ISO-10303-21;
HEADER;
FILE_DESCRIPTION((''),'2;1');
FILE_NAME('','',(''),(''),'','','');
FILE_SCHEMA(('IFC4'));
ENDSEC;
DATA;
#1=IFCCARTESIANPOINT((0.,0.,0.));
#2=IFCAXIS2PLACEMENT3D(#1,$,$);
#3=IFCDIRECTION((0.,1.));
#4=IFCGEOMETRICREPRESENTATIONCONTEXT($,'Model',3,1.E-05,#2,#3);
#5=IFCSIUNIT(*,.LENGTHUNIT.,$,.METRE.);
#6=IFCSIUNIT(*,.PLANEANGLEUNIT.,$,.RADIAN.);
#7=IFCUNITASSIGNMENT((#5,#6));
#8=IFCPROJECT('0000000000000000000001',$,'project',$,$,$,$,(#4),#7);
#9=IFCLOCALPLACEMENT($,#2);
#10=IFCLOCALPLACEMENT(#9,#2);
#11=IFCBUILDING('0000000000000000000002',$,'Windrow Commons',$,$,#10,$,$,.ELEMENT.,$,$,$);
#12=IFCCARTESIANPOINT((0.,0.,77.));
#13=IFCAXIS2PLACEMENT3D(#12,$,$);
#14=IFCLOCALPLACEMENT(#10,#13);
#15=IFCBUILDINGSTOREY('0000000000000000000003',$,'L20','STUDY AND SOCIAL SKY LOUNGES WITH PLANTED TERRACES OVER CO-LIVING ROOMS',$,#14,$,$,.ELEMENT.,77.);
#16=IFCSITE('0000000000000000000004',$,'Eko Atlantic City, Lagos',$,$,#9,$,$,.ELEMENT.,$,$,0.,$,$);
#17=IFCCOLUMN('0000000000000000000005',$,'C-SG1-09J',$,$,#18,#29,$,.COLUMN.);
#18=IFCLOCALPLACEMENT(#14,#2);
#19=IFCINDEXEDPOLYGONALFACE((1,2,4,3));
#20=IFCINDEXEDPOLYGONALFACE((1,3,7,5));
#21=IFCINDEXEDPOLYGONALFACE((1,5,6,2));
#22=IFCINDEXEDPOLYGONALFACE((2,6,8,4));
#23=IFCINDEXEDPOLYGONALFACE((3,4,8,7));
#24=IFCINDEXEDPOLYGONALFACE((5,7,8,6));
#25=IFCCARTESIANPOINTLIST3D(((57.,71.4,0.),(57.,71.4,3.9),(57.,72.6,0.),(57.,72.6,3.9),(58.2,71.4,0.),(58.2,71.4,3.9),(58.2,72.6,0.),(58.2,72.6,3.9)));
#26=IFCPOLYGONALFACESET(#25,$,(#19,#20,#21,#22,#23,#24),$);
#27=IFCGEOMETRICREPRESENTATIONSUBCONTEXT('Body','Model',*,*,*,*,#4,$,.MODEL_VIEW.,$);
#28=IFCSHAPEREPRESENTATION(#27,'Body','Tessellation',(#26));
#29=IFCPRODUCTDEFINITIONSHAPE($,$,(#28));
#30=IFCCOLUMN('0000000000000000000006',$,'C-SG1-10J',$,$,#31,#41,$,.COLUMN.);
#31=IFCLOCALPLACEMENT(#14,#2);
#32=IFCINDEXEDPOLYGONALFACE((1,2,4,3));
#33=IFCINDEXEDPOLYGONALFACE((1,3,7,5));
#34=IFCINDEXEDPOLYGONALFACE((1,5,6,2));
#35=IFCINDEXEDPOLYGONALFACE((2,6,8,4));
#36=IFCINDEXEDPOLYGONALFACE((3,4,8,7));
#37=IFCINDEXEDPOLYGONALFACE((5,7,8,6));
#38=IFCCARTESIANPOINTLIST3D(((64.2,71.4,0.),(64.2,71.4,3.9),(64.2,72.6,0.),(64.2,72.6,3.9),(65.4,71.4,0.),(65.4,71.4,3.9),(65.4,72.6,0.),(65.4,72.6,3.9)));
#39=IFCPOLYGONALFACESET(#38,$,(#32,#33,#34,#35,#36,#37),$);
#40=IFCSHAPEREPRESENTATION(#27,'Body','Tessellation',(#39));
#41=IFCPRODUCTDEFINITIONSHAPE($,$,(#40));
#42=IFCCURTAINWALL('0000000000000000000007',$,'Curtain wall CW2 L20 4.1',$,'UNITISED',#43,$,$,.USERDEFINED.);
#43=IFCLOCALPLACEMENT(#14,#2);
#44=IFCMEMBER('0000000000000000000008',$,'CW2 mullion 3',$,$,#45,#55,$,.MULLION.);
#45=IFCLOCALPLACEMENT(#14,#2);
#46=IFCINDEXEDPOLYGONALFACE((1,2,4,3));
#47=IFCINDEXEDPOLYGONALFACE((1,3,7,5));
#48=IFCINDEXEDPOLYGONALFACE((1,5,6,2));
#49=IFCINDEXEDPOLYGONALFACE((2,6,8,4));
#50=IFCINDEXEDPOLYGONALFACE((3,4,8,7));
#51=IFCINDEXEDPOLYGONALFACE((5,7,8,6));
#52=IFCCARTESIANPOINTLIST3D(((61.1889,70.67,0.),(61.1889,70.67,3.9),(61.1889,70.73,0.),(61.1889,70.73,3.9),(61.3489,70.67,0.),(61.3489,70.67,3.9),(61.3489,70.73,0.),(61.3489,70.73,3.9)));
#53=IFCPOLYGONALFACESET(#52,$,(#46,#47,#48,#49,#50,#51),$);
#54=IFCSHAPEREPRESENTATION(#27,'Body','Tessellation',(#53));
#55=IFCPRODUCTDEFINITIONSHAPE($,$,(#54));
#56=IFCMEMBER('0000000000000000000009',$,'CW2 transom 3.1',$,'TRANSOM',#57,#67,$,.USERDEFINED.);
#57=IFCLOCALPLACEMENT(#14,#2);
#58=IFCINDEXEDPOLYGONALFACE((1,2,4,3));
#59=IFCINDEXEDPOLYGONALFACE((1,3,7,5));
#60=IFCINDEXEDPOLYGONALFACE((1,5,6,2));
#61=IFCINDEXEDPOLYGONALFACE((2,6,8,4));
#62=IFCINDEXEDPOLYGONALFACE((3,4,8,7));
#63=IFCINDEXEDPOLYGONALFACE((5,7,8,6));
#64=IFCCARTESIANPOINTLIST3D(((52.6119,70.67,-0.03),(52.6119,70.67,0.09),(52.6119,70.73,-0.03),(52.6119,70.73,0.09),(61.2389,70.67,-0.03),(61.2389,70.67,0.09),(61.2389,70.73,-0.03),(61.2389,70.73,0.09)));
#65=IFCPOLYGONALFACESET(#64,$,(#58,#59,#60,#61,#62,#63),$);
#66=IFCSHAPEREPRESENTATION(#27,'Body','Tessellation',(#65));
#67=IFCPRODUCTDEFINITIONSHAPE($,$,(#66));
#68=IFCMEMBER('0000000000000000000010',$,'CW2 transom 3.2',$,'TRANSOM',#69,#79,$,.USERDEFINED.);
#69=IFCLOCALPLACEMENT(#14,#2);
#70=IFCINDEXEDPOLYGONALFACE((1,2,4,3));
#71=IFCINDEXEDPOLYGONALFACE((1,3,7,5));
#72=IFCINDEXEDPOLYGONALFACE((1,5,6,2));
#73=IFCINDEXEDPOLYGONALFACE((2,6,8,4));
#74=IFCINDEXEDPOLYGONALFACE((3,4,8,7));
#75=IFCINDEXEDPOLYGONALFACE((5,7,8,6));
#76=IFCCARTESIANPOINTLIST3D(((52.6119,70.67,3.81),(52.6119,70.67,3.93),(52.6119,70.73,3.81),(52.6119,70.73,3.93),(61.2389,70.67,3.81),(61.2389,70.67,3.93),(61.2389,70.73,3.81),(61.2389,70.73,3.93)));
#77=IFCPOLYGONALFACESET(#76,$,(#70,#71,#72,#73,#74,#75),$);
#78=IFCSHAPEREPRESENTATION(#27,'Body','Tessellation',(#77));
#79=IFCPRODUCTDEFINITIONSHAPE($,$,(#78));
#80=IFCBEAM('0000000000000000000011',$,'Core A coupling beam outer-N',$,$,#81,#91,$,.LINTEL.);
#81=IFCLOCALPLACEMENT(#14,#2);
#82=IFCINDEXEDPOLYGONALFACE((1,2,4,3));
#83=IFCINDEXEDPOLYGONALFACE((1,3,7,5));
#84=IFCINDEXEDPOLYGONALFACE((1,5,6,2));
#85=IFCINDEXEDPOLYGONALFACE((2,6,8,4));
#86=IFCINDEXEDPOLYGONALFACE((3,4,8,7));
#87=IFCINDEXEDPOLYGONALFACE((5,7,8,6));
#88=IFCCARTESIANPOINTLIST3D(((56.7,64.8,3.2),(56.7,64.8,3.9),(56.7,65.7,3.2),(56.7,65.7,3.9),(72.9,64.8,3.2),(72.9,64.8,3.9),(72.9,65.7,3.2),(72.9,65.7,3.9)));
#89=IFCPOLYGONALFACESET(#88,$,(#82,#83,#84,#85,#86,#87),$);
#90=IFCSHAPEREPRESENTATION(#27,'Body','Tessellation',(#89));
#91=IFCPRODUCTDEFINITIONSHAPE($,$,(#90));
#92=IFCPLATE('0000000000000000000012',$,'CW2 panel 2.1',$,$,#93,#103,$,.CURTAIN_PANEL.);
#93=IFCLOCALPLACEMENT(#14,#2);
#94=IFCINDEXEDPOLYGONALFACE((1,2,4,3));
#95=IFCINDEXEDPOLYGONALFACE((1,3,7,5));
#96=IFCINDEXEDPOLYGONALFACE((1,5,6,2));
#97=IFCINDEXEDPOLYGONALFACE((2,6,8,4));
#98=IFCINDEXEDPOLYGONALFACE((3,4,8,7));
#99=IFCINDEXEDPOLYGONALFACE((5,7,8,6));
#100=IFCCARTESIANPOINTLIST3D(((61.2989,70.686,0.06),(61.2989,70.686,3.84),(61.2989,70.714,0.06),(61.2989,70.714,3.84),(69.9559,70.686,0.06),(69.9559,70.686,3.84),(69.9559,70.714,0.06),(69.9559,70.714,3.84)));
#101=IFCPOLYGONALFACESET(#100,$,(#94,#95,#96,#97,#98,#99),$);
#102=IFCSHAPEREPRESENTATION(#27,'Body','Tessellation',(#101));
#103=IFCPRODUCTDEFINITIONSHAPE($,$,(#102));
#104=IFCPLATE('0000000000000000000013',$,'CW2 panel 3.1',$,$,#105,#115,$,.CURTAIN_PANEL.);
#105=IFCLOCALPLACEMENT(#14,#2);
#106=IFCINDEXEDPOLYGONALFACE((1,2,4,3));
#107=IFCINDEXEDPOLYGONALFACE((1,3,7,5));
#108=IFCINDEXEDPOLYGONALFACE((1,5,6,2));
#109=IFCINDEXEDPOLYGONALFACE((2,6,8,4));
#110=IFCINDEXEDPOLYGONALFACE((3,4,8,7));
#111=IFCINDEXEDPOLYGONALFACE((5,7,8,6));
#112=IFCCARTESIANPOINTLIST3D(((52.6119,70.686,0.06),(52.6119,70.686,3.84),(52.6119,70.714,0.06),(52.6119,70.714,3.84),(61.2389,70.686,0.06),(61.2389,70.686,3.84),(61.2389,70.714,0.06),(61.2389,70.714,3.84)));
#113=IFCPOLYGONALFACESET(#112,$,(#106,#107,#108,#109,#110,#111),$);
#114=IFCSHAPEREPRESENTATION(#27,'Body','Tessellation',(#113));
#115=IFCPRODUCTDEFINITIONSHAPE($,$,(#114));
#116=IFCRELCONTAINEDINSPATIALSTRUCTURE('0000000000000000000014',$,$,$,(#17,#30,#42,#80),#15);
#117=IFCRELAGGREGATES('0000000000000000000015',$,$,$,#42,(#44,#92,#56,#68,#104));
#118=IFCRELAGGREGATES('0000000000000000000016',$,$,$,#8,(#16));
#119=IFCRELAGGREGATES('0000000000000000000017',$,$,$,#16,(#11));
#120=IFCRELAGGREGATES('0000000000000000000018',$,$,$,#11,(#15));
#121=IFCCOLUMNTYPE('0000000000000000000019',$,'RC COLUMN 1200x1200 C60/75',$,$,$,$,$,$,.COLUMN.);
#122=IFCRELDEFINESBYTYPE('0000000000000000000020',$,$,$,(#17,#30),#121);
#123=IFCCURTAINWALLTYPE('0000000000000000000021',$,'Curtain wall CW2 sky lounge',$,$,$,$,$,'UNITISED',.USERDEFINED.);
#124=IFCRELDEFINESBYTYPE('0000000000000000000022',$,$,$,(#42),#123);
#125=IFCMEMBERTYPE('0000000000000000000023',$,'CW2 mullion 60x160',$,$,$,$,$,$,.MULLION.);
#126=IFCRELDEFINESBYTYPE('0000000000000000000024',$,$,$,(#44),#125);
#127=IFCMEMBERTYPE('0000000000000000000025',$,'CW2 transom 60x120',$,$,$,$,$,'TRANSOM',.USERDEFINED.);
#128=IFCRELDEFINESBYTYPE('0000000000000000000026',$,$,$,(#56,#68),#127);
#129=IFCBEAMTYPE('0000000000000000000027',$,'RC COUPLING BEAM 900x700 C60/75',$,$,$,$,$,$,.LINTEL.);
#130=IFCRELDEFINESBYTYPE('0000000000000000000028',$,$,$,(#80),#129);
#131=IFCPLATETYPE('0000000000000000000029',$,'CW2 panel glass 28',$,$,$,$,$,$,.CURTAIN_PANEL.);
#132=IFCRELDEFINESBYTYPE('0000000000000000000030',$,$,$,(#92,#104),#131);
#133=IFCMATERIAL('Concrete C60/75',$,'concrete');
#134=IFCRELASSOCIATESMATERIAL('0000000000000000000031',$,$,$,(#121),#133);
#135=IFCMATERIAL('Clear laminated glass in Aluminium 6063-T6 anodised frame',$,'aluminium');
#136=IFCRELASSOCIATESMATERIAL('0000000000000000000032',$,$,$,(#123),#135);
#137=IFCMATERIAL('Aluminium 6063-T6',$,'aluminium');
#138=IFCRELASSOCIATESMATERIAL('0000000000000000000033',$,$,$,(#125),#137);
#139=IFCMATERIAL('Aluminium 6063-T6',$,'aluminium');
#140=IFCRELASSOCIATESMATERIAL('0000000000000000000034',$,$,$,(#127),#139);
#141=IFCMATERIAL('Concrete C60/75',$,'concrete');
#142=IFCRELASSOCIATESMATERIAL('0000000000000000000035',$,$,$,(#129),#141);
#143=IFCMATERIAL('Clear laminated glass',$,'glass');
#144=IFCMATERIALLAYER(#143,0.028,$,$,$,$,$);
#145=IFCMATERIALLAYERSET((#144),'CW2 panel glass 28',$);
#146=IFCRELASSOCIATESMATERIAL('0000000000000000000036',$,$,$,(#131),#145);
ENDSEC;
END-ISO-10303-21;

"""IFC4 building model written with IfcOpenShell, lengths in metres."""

from ifc_helpers import new_model, si_unit, direction, frame, origin, origin_2d, place, context, subcontext, project, spatial, rectangle, extrude, material, layer, layer_set, material_profile, profile_set, type_object, element, aggregate, save


model = new_model("IFC4")

# Units and contexts
model_context = context("Model", 3, precision=1e-05, world=origin(), true_north=direction((0.0, 1.0)))
body_context = subcontext(model_context, "Body", "Model", "MODEL_VIEW")
ifc_project = project(units=[si_unit("LENGTHUNIT", "METRE"), si_unit("PLANEANGLEUNIT", "RADIAN")], contexts=[model_context])

# Site, building, storey
site_placement = place(None, origin())
site = spatial("IfcSite", under=ifc_project, at=site_placement, Name="Eko Atlantic City, Lagos", CompositionType="ELEMENT", RefElevation=0.0)
building_placement = place(site_placement, origin())
building = spatial("IfcBuilding", under=site, at=building_placement, Name="Windrow Commons", CompositionType="ELEMENT")
storey_placement = place(building_placement, frame((0.0, 0.0, 77.0)))
storey = spatial("IfcBuildingStorey", under=building, at=storey_placement, Name="L20", Description="STUDY AND SOCIAL SKY LOUNGES WITH PLANTED TERRACES OVER CO-LIVING ROOMS", CompositionType="ELEMENT", Elevation=77.0)

# Columns
ifc_material_1 = material(Name="Concrete C60/75", Category="concrete")
ifc_material_profile_1 = material_profile(ifc_material_1, rectangle(XDim=1.2, YDim=1.2, at=origin_2d()))
ifc_profile_set_1 = profile_set([ifc_material_profile_1], Name="Concrete C60/75")
column_type = type_object("IfcColumnType", Name="RC COLUMN 1200x1200 C60/75", PredefinedType="COLUMN", material=ifc_profile_set_1)
for number, where, z_axis, x_axis, name in (
    (1, (57.6, 72.0, 0.0), (0.0, 0.0, 1.0), (1.0, 0.0, 0.0), "C-SG1-09J"),
    (2, (64.8, 72.0, 0.0), (0.0, 0.0, 1.0), (1.0, 0.0, 0.0), "C-SG1-10J"),
):
    element("IfcColumn", number, at=place(storey_placement, frame(where, z_axis=z_axis, x_axis=x_axis)), inside=storey, type_object=column_type, Name=name, PredefinedType="COLUMN", context=body_context, shape_type="SweptSolid", body=[
        extrude(rectangle(XDim=1.2, YDim=1.2, at=origin_2d()), origin(), (0.0, 0.0, 1.0), 3.9),
    ])

# Curtain wall, members
ifc_material_2 = material(Name="Clear laminated glass in Aluminium 6063-T6 anodised frame", Category="aluminium")
curtain_wall_type = type_object("IfcCurtainWallType", Name="Curtain wall CW2 sky lounge", ElementType="UNITISED", PredefinedType="USERDEFINED", material=ifc_material_2)
placement = place(storey_placement, origin())
curtain_wall = element("IfcCurtainWall", 3, at=placement, inside=storey, type_object=curtain_wall_type, Name="Curtain wall CW2 L20 4.1", ObjectType="UNITISED", PredefinedType="USERDEFINED")
ifc_material_3 = material(Name="Aluminium 6063-T6", Category="aluminium")
ifc_material_profile_2 = material_profile(ifc_material_3, rectangle(XDim=0.06, YDim=0.16, at=origin_2d()))
ifc_profile_set_2 = profile_set([ifc_material_profile_2], Name="Aluminium 6063-T6")
member_type_1 = type_object("IfcMemberType", Name="CW2 mullion 60x160", PredefinedType="MULLION", material=ifc_profile_set_2)
member_1_placement = place(storey_placement, frame((61.2689, 70.7, 0.0), z_axis=(0.0, 0.0, 1.0), x_axis=(0.0, -1.0, 0.0)))
member_1 = element("IfcMember", 4, at=member_1_placement, type_object=member_type_1, Name="CW2 mullion 3", PredefinedType="MULLION", context=body_context, shape_type="SweptSolid", body=[
    extrude(rectangle(XDim=0.06, YDim=0.16, at=origin_2d()), origin(), (0.0, 0.0, 1.0), 3.9),
])
ifc_material_4 = material(Name="Aluminium 6063-T6", Category="aluminium")
ifc_material_profile_3 = material_profile(ifc_material_4, rectangle(XDim=0.06, YDim=0.12, at=origin_2d()))
ifc_profile_set_3 = profile_set([ifc_material_profile_3], Name="Aluminium 6063-T6")
member_type_2 = type_object("IfcMemberType", Name="CW2 transom 60x120", ElementType="TRANSOM", PredefinedType="USERDEFINED", material=ifc_profile_set_3)
member_2_placement = place(storey_placement, frame((61.2389, 70.7, 0.03), z_axis=(-1.0, 0.0, 0.0), x_axis=(0.0, -1.0, 0.0)))
member_2 = element("IfcMember", 5, at=member_2_placement, type_object=member_type_2, Name="CW2 transom 3.1", ObjectType="TRANSOM", PredefinedType="USERDEFINED", context=body_context, shape_type="SweptSolid", body=[
    extrude(rectangle(XDim=0.06, YDim=0.12, at=origin_2d()), origin(), (0.0, 0.0, 1.0), 8.627),
])
member_3_placement = place(storey_placement, frame((61.2389, 70.7, 3.87), z_axis=(-1.0, 0.0, 0.0), x_axis=(0.0, -1.0, 0.0)))
member_3 = element("IfcMember", 6, at=member_3_placement, type_object=member_type_2, Name="CW2 transom 3.2", ObjectType="TRANSOM", PredefinedType="USERDEFINED", context=body_context, shape_type="SweptSolid", body=[
    extrude(rectangle(XDim=0.06, YDim=0.12, at=origin_2d()), origin(), (0.0, 0.0, 1.0), 8.627),
])

# Beam
ifc_material_5 = material(Name="Concrete C60/75", Category="concrete")
ifc_material_profile_4 = material_profile(ifc_material_5, rectangle(XDim=0.9, YDim=0.7, at=origin_2d()))
ifc_profile_set_4 = profile_set([ifc_material_profile_4], Name="Concrete C60/75")
beam_type = type_object("IfcBeamType", Name="RC COUPLING BEAM 900x700 C60/75", PredefinedType="LINTEL", material=ifc_profile_set_4)
beam_placement = place(storey_placement, frame((56.7, 65.25, 3.55), z_axis=(1.0, 0.0, 0.0), x_axis=(0.0, 1.0, 0.0)))
element("IfcBeam", 7, at=beam_placement, inside=storey, type_object=beam_type, Name="Core A coupling beam outer-N", PredefinedType="LINTEL", context=body_context, shape_type="SweptSolid", body=[
    extrude(rectangle(XDim=0.9, YDim=0.7, at=origin_2d()), origin(), (0.0, 0.0, 1.0), 16.2),
])

# Plates
ifc_material_6 = material(Name="Clear laminated glass", Category="glass")
ifc_layer_1 = layer(ifc_material_6, 0.028)
ifc_layer_set_1 = layer_set([ifc_layer_1], Name="CW2 panel glass 28")
plate_type = type_object("IfcPlateType", Name="CW2 panel glass 28", PredefinedType="CURTAIN_PANEL", material=ifc_layer_set_1)
plate_1_placement = place(storey_placement, frame((65.6274, 70.7, 0.06), z_axis=(0.0, 0.0, 1.0), x_axis=(-1.0, 0.0, 0.0)))
plate_1 = element("IfcPlate", 8, at=plate_1_placement, type_object=plate_type, Name="CW2 panel 2.1", PredefinedType="CURTAIN_PANEL", context=body_context, shape_type="SweptSolid", body=[
    extrude(rectangle(XDim=8.657, YDim=0.028, at=origin_2d()), origin(), (0.0, 0.0, 1.0), 3.78),
])
plate_2_placement = place(storey_placement, frame((56.9254, 70.7, 0.06), z_axis=(0.0, 0.0, 1.0), x_axis=(-1.0, 0.0, 0.0)))
plate_2 = element("IfcPlate", 9, at=plate_2_placement, type_object=plate_type, Name="CW2 panel 3.1", PredefinedType="CURTAIN_PANEL", context=body_context, shape_type="SweptSolid", body=[
    extrude(rectangle(XDim=8.627, YDim=0.028, at=origin_2d()), origin(), (0.0, 0.0, 1.0), 3.78),
])
aggregate(curtain_wall, [member_1, plate_1, member_2, member_3, plate_2])

save(model, "model.ifc")
